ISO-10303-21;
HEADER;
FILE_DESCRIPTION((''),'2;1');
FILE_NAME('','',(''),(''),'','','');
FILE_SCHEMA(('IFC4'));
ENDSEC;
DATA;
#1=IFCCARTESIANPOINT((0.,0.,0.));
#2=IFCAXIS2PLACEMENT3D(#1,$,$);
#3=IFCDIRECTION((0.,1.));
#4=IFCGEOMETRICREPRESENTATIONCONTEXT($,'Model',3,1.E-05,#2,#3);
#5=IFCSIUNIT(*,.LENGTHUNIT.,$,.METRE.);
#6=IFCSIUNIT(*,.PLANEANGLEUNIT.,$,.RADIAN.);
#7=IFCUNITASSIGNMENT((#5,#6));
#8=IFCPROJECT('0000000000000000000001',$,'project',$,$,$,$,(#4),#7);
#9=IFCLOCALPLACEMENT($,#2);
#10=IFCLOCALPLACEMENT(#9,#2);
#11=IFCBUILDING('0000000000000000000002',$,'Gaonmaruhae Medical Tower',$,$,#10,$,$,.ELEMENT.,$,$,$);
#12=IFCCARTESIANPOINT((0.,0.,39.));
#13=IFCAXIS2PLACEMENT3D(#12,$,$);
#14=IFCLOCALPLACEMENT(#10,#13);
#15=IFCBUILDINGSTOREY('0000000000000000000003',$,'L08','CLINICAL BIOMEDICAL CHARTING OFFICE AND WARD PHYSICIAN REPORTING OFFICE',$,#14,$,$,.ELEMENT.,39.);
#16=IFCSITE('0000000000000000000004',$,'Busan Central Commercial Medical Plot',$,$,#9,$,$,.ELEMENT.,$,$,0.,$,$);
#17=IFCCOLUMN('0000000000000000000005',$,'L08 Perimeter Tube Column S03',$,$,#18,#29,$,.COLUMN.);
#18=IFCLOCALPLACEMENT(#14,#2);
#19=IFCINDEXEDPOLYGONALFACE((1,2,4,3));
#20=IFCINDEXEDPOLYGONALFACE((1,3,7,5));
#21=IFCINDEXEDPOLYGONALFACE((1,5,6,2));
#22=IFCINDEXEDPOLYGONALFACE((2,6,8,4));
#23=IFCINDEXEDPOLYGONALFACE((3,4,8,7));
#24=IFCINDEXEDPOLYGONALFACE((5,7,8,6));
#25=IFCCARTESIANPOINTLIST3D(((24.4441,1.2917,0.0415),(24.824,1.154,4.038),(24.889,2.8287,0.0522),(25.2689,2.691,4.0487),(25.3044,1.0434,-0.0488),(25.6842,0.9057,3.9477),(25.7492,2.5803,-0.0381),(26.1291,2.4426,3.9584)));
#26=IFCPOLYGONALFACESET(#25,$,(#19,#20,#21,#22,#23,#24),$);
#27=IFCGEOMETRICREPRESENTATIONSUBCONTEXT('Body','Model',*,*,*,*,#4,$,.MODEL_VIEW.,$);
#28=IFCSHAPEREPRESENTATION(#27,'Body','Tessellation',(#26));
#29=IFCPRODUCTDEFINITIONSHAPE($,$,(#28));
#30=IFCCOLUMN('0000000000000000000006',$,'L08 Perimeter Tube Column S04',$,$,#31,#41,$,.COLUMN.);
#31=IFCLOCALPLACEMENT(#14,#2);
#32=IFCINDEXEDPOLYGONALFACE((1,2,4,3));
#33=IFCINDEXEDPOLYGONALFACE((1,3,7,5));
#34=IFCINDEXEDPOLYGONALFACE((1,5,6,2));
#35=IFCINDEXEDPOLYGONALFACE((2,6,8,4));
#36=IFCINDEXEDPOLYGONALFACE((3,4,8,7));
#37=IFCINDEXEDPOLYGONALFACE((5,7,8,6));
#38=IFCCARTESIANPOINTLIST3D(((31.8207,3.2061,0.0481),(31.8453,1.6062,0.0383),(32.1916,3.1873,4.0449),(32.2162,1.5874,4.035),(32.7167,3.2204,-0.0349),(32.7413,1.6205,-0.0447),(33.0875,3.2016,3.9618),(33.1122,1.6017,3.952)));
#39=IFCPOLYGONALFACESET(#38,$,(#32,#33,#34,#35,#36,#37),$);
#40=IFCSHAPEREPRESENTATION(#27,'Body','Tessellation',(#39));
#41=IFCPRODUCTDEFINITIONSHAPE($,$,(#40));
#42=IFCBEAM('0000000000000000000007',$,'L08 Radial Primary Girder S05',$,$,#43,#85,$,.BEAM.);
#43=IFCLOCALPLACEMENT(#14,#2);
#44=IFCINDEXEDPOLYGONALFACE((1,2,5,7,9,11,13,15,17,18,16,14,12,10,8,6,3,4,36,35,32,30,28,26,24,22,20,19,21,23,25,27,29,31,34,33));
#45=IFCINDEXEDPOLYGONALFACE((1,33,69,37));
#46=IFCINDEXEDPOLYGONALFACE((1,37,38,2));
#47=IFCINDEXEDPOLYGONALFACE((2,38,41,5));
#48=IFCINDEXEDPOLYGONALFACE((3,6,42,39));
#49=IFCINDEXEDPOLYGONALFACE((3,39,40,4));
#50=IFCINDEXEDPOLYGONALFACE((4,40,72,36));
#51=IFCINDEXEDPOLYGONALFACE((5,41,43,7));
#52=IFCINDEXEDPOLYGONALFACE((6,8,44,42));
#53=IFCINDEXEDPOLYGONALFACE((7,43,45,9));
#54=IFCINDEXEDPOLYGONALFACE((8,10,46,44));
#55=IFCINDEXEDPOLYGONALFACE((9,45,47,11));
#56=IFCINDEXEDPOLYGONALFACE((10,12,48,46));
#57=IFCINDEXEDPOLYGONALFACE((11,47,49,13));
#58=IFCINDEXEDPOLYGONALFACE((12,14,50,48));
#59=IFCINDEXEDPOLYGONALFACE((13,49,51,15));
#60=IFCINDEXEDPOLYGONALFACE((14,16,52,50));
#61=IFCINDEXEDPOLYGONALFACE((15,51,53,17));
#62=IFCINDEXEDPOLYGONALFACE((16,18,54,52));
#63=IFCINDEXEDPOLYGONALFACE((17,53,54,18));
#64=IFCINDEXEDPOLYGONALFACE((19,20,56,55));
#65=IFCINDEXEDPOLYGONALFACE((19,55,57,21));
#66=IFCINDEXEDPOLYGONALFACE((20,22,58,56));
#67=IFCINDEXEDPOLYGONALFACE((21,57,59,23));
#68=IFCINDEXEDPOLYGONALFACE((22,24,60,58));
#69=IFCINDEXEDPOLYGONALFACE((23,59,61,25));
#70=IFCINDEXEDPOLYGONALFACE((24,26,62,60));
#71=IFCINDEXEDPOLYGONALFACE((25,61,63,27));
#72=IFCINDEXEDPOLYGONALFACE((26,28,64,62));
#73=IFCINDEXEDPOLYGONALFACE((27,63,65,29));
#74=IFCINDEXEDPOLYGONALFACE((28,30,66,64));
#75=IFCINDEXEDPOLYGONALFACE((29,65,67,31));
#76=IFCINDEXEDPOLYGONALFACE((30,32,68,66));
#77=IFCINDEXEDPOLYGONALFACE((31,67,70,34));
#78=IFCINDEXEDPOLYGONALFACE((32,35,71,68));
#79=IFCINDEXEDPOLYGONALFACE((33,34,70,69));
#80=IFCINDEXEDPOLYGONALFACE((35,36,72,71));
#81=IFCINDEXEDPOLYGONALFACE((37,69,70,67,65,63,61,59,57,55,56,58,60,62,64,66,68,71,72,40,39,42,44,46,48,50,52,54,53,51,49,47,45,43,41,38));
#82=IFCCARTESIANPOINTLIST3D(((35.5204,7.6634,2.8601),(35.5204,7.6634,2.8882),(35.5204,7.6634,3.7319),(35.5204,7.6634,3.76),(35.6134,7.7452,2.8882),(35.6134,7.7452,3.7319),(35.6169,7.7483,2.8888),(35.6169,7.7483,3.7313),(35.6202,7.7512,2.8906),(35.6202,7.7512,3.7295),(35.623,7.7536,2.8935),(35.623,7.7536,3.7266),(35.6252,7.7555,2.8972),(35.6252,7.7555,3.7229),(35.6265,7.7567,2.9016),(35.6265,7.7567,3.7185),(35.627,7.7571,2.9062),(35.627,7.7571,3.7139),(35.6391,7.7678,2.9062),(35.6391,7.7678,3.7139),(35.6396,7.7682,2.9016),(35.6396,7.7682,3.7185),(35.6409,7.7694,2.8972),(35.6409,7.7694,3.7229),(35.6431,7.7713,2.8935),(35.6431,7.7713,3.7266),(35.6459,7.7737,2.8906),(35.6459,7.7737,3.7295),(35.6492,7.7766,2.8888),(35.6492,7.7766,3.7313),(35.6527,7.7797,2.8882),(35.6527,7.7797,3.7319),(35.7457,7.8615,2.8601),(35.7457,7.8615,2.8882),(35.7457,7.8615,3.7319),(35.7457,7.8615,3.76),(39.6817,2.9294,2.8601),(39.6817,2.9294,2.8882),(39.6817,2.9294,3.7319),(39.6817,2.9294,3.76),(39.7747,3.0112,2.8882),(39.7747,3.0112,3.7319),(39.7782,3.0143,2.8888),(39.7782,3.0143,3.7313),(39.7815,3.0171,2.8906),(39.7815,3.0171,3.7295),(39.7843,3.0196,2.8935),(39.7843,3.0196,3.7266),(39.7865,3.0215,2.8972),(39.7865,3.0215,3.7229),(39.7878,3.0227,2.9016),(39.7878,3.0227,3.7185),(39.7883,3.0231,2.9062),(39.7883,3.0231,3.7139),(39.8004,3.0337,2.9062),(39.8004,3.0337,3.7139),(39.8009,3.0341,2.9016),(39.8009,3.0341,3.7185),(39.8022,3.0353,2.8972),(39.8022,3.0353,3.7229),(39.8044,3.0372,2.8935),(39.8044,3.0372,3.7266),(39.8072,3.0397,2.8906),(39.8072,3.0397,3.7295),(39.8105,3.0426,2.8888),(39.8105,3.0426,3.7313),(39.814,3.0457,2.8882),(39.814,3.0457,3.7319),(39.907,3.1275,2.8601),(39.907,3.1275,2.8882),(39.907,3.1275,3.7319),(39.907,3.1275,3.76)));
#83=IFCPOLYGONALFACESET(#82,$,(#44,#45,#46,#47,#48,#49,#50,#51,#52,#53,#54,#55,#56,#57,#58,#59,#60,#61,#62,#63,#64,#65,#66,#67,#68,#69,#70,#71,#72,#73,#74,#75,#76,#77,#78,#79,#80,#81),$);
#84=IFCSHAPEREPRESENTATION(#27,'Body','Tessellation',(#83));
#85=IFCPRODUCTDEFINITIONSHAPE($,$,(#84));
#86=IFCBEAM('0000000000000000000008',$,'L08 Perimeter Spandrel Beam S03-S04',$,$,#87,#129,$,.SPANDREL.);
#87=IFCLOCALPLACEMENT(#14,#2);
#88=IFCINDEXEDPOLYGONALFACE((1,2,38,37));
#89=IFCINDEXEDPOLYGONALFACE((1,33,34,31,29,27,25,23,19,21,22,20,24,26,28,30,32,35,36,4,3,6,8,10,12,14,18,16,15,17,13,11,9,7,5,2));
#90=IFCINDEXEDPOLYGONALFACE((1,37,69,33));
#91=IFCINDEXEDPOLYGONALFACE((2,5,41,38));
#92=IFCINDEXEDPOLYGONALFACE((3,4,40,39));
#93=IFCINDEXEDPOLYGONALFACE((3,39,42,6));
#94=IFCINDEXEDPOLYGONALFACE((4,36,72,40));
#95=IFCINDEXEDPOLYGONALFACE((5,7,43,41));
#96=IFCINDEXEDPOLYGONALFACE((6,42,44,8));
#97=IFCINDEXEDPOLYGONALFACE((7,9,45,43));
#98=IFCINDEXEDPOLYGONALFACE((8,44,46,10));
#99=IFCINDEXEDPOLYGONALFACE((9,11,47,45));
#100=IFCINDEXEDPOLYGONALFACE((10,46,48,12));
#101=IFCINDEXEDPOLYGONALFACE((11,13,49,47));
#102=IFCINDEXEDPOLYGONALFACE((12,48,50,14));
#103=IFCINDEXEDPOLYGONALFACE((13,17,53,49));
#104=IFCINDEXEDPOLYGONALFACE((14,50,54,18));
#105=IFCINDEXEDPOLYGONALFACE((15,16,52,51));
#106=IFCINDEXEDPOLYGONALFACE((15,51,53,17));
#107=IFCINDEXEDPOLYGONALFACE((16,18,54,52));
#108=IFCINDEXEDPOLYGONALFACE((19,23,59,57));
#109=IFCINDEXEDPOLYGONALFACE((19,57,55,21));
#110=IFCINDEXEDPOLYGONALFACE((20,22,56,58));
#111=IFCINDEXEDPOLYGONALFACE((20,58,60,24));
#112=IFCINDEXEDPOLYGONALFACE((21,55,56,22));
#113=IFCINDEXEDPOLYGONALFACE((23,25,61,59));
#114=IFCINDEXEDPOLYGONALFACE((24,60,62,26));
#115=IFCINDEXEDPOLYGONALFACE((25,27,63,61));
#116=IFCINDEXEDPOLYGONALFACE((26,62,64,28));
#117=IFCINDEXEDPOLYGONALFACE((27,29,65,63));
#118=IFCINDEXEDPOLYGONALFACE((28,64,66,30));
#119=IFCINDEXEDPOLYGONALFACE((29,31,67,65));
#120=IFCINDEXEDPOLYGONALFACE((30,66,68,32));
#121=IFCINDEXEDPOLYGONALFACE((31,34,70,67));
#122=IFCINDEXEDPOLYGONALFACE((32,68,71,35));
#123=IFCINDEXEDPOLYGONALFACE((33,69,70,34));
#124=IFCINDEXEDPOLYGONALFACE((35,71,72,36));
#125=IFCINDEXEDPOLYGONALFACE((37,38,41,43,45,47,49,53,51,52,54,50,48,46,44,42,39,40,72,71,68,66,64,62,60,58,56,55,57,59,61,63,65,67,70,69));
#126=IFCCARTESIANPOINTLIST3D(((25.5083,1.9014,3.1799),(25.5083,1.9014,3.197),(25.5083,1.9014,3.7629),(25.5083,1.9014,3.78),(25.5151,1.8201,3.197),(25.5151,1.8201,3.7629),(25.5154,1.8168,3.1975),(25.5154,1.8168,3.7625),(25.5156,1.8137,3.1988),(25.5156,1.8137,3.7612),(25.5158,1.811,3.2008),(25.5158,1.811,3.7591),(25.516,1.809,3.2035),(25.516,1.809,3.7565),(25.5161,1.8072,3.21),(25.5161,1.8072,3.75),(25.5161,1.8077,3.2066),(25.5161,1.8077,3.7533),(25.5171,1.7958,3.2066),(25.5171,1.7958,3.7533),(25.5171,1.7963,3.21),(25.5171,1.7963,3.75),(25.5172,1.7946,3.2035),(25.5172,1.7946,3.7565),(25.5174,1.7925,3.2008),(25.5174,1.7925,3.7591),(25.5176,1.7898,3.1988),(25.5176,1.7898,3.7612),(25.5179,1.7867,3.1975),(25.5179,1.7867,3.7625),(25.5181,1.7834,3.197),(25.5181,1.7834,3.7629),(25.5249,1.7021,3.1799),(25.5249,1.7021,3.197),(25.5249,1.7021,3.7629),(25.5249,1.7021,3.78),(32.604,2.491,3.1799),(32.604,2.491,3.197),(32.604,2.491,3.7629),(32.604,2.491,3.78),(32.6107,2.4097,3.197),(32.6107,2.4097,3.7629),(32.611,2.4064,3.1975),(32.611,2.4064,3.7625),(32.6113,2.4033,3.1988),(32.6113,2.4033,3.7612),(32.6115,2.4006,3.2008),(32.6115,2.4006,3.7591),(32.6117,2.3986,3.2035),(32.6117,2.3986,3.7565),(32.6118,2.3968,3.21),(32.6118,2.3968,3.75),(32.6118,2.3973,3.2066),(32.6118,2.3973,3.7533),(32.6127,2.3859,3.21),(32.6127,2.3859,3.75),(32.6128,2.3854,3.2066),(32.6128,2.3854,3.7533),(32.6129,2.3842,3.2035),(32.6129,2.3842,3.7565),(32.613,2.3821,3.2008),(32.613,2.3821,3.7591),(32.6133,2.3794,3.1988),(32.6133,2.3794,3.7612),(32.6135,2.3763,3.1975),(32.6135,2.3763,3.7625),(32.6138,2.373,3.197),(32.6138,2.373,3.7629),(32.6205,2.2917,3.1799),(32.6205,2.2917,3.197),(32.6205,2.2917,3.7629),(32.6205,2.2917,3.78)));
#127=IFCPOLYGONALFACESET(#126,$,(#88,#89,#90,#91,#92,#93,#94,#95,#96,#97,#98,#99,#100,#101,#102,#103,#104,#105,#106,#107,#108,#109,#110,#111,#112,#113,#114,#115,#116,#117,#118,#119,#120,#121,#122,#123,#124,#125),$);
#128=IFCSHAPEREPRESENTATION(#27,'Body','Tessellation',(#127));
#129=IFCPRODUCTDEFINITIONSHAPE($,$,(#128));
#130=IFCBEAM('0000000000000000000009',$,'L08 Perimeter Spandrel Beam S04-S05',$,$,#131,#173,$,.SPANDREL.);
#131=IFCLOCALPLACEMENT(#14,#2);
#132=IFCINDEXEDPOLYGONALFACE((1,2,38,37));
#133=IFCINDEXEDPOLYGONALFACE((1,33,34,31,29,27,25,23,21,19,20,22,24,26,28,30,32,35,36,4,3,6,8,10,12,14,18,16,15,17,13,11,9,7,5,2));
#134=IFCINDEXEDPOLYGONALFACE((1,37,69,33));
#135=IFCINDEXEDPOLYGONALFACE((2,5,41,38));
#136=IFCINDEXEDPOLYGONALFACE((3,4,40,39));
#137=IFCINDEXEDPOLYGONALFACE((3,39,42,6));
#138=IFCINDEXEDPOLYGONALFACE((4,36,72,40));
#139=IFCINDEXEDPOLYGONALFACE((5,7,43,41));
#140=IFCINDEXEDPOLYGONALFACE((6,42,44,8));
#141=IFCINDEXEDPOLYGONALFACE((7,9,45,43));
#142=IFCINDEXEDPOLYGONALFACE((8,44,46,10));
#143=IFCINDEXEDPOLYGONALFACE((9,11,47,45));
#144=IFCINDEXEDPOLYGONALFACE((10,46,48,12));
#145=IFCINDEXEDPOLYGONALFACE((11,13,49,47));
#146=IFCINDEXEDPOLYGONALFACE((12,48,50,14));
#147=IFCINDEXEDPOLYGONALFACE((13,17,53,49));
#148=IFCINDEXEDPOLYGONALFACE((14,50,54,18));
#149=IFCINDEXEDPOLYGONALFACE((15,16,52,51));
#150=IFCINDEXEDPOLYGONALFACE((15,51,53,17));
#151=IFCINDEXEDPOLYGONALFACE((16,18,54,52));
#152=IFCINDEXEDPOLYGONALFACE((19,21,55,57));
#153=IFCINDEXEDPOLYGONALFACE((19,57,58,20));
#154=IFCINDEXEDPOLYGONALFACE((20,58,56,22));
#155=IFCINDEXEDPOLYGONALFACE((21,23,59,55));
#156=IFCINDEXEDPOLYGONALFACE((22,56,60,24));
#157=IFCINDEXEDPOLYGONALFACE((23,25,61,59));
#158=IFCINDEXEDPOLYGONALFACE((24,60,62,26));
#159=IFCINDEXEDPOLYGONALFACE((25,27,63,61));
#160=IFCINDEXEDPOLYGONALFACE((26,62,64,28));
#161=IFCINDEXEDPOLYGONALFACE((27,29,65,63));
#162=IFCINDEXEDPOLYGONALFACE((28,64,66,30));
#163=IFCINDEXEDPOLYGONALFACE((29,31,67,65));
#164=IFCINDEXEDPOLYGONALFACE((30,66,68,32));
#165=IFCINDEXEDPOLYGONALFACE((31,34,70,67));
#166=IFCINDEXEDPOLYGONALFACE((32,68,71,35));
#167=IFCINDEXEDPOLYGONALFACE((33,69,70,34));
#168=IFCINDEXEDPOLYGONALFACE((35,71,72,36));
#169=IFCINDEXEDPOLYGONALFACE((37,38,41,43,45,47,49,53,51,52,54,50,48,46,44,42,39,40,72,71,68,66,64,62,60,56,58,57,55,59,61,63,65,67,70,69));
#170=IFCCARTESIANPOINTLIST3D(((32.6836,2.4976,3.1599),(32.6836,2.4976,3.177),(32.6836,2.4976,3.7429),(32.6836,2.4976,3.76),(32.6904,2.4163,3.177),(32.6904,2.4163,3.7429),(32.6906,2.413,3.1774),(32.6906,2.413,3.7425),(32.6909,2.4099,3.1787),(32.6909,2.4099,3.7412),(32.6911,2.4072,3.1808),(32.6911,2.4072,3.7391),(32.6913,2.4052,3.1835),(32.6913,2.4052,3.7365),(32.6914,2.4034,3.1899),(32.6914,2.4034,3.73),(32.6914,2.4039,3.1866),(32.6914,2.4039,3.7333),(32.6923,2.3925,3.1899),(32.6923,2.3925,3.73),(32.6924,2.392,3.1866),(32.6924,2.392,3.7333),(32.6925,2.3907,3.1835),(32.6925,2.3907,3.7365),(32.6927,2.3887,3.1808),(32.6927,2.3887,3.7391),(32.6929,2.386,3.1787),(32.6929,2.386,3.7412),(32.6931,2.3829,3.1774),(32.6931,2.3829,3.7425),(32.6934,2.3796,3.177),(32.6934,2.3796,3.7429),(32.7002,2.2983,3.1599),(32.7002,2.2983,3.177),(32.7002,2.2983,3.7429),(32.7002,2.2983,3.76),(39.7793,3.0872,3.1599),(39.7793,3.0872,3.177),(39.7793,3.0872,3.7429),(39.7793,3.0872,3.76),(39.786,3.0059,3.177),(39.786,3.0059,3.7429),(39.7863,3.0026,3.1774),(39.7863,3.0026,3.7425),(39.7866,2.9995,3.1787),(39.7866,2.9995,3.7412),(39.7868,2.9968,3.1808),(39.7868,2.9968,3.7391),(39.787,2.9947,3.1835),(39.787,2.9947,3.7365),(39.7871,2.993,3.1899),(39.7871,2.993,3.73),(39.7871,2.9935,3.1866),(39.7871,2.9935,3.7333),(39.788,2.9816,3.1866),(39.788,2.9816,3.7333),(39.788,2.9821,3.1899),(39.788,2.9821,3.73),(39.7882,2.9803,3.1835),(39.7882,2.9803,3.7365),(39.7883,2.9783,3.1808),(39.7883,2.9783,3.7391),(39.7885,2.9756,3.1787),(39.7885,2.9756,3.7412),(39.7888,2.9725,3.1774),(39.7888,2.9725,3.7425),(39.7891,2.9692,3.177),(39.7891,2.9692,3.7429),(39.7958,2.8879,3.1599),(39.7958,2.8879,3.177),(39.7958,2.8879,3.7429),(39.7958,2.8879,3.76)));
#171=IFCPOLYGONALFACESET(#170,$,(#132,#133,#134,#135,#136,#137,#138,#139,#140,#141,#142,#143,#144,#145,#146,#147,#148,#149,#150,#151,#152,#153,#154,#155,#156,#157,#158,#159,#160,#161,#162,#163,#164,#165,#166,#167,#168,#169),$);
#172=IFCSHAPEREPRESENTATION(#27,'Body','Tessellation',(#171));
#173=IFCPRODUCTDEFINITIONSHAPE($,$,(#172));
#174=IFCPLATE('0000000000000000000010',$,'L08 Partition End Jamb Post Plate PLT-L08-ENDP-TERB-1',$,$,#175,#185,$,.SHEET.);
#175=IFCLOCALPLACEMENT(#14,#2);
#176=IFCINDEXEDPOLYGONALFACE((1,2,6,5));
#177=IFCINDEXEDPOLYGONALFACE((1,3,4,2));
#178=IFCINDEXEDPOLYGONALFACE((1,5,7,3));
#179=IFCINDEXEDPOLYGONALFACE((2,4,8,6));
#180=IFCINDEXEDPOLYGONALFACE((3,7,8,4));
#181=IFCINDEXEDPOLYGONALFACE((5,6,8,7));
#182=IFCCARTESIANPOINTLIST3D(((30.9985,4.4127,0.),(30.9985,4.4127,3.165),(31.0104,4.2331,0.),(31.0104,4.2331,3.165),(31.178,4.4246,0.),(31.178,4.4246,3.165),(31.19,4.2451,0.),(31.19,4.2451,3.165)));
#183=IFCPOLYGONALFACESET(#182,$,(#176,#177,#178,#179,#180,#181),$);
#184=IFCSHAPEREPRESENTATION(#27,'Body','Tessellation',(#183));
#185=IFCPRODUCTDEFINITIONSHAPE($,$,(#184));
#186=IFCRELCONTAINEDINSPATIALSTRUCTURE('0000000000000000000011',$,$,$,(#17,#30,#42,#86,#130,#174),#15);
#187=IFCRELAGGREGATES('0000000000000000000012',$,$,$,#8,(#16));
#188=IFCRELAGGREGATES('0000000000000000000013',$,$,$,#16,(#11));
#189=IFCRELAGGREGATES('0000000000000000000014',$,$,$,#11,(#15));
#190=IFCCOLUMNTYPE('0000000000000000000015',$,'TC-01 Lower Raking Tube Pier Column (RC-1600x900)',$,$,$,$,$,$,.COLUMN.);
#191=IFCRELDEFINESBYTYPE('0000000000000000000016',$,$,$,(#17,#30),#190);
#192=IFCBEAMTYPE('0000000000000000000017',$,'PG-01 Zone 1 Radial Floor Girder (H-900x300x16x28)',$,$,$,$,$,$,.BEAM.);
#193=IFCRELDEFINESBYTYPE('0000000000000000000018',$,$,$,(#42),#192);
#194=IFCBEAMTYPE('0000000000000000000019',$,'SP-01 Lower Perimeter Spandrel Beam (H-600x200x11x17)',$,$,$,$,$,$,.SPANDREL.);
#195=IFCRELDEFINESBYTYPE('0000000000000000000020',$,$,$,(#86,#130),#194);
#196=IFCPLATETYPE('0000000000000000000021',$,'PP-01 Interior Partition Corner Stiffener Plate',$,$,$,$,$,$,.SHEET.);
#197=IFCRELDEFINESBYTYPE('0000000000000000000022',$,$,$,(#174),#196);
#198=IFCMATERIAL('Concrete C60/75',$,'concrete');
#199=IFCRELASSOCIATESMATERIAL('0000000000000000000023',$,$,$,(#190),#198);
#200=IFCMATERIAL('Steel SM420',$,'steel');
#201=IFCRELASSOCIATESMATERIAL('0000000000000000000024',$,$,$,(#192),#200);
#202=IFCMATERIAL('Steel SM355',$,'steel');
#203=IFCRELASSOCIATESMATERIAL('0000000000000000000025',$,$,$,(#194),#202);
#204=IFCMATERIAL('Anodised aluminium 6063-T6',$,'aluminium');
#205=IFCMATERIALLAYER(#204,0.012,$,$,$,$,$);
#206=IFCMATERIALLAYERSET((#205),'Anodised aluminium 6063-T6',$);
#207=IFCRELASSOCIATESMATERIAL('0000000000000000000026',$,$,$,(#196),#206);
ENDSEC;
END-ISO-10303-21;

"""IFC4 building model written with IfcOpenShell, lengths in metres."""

from ifc_helpers import new_model, si_unit, direction, frame, origin, origin_2d, place, context, subcontext, project, spatial, rectangle, i_section, extrude, material, layer, layer_set, material_profile, profile_set, type_object, element, save


model = new_model("IFC4")

# Units and contexts
model_context = context("Model", 3, precision=1e-05, world=origin(), true_north=direction((0.0, 1.0)))
body_context = subcontext(model_context, "Body", "Model", "MODEL_VIEW")
ifc_project = project(units=[si_unit("LENGTHUNIT", "METRE"), si_unit("PLANEANGLEUNIT", "RADIAN")], contexts=[model_context])

# Site, building, storey
site_placement = place(None, origin())
site = spatial("IfcSite", under=ifc_project, at=site_placement, Name="Busan Central Commercial Medical Plot", CompositionType="ELEMENT", RefElevation=0.0)
building_placement = place(site_placement, origin())
building = spatial("IfcBuilding", under=site, at=building_placement, Name="Gaonmaruhae Medical Tower", CompositionType="ELEMENT")
storey_placement = place(building_placement, frame((0.0, 0.0, 39.0)))
storey = spatial("IfcBuildingStorey", under=building, at=storey_placement, Name="L08", Description="CLINICAL BIOMEDICAL CHARTING OFFICE AND WARD PHYSICIAN REPORTING OFFICE", CompositionType="ELEMENT", Elevation=39.0)

# Columns
ifc_material_1 = material(Name="Concrete C60/75", Category="concrete")
ifc_material_profile_1 = material_profile(ifc_material_1, rectangle(XDim=1.6001, YDim=0.8999, at=origin_2d()), Name="RC-1600x900")
ifc_profile_set_1 = profile_set([ifc_material_profile_1], Name="Concrete C60/75")
column_type = type_object("IfcColumnType", Name="TC-01 Lower Raking Tube Pier Column (RC-1600x900)", PredefinedType="COLUMN", material=ifc_profile_set_1)
column_1_placement = place(storey_placement, frame((25.0967, 1.936, 0.0017), z_axis=(0.09457, -0.034279, 0.994928), x_axis=(0.278032, 0.960549, 0.006667)))
element("IfcColumn", 1, at=column_1_placement, inside=storey, type_object=column_type, Name="L08 Perimeter Tube Column S03", PredefinedType="COLUMN", context=body_context, shape_type="SweptSolid", body=[
    extrude(rectangle(XDim=1.6001, YDim=0.8999, at=origin_2d()), origin(), (0.0, 0.0, 1.0), 4.0168),
])
column_2_placement = place(storey_placement, frame((32.281, 2.4133, 0.0017), z_axis=(0.092394, -0.004684, 0.995712), x_axis=(-0.01539, 0.999863, 0.006131)))
element("IfcColumn", 2, at=column_2_placement, inside=storey, type_object=column_type, Name="L08 Perimeter Tube Column S04", PredefinedType="COLUMN", context=body_context, shape_type="SweptSolid", body=[
    extrude(rectangle(XDim=1.6001, YDim=0.8999, at=origin_2d()), origin(), (0.0, 0.0, 1.0), 4.0139),
])

# Beams
ifc_material_2 = material(Name="Steel SM420", Category="steel")
ifc_material_profile_2 = material_profile(ifc_material_2, i_section(OverallWidth=0.3, OverallDepth=0.8999, WebThickness=0.0161, FlangeThickness=0.0281, FilletRadius=0.0181, at=origin_2d()), Name="H-900x300x16x28")
ifc_profile_set_2 = profile_set([ifc_material_profile_2], Name="Steel SM420")
beam_type_1 = type_object("IfcBeamType", Name="PG-01 Zone 1 Radial Floor Girder (H-900x300x16x28)", PredefinedType="BEAM", material=ifc_profile_set_2)
beam_placement = place(storey_placement, frame((35.6331, 7.7625, 3.3101), z_axis=(0.660211, -0.75108, 0.0), x_axis=(0.75108, 0.660211, 0.0)))
element("IfcBeam", 3, at=beam_placement, inside=storey, type_object=beam_type_1, Name="L08 Radial Primary Girder S05", PredefinedType="BEAM", context=body_context, shape_type="SweptSolid", body=[
    extrude(i_section(OverallWidth=0.3, OverallDepth=0.8999, WebThickness=0.0161, FlangeThickness=0.0281, FilletRadius=0.0181, at=origin_2d()), origin(), (0.0, 0.0, 1.0), 6.303),
])
ifc_material_3 = material(Name="Steel SM355", Category="steel")
ifc_material_profile_3 = material_profile(ifc_material_3, i_section(OverallWidth=0.2, OverallDepth=0.6001, WebThickness=0.011, FlangeThickness=0.0171, FilletRadius=0.0129, at=origin_2d()), Name="H-600x200x11x17")
ifc_profile_set_3 = profile_set([ifc_material_profile_3], Name="Steel SM355")
beam_type_2 = type_object("IfcBeamType", Name="SP-01 Lower Perimeter Spandrel Beam (H-600x200x11x17)", PredefinedType="SPANDREL", material=ifc_profile_set_3)
for number, where, z_axis, x_axis, name in (
    (4, (25.5166, 1.8018, 3.48), (0.996566, 0.082807, 0.0), (-0.082807, 0.996566, 0.0), "L08 Perimeter Spandrel Beam S03-S04"),
    (5, (32.6919, 2.3979, 3.46), (0.996566, 0.082807, 0.0), (-0.082807, 0.996566, 0.0), "L08 Perimeter Spandrel Beam S04-S05"),
):
    element("IfcBeam", number, at=place(storey_placement, frame(where, z_axis=z_axis, x_axis=x_axis)), inside=storey, type_object=beam_type_2, Name=name, PredefinedType="SPANDREL", context=body_context, shape_type="SweptSolid", body=[
        extrude(i_section(OverallWidth=0.2, OverallDepth=0.6001, WebThickness=0.011, FlangeThickness=0.0171, FilletRadius=0.0129, at=origin_2d()), origin(), (0.0, 0.0, 1.0), 7.1201),
    ])

# Plate
ifc_material_4 = material(Name="Anodised aluminium 6063-T6", Category="aluminium")
ifc_layer_1 = layer(ifc_material_4, 0.012)
ifc_layer_set_1 = layer_set([ifc_layer_1], Name="Anodised aluminium 6063-T6")
plate_type = type_object("IfcPlateType", Name="PP-01 Interior Partition Corner Stiffener Plate", PredefinedType="SHEET", material=ifc_layer_set_1)
plate_placement = place(storey_placement, frame((31.0942, 4.3289, 0.0), z_axis=(0.0, 0.0, 1.0), x_axis=(-0.997801, -0.066274, 0.0)))
element("IfcPlate", 6, at=plate_placement, inside=storey, type_object=plate_type, Name="L08 Partition End Jamb Post Plate PLT-L08-ENDP-TERB-1", PredefinedType="SHEET", context=body_context, shape_type="SweptSolid", body=[
    extrude(rectangle(XDim=0.1799, YDim=0.1799, at=origin_2d()), origin(), (0.0, 0.0, 1.0), 3.165),
])

save(model, "model.ifc")
